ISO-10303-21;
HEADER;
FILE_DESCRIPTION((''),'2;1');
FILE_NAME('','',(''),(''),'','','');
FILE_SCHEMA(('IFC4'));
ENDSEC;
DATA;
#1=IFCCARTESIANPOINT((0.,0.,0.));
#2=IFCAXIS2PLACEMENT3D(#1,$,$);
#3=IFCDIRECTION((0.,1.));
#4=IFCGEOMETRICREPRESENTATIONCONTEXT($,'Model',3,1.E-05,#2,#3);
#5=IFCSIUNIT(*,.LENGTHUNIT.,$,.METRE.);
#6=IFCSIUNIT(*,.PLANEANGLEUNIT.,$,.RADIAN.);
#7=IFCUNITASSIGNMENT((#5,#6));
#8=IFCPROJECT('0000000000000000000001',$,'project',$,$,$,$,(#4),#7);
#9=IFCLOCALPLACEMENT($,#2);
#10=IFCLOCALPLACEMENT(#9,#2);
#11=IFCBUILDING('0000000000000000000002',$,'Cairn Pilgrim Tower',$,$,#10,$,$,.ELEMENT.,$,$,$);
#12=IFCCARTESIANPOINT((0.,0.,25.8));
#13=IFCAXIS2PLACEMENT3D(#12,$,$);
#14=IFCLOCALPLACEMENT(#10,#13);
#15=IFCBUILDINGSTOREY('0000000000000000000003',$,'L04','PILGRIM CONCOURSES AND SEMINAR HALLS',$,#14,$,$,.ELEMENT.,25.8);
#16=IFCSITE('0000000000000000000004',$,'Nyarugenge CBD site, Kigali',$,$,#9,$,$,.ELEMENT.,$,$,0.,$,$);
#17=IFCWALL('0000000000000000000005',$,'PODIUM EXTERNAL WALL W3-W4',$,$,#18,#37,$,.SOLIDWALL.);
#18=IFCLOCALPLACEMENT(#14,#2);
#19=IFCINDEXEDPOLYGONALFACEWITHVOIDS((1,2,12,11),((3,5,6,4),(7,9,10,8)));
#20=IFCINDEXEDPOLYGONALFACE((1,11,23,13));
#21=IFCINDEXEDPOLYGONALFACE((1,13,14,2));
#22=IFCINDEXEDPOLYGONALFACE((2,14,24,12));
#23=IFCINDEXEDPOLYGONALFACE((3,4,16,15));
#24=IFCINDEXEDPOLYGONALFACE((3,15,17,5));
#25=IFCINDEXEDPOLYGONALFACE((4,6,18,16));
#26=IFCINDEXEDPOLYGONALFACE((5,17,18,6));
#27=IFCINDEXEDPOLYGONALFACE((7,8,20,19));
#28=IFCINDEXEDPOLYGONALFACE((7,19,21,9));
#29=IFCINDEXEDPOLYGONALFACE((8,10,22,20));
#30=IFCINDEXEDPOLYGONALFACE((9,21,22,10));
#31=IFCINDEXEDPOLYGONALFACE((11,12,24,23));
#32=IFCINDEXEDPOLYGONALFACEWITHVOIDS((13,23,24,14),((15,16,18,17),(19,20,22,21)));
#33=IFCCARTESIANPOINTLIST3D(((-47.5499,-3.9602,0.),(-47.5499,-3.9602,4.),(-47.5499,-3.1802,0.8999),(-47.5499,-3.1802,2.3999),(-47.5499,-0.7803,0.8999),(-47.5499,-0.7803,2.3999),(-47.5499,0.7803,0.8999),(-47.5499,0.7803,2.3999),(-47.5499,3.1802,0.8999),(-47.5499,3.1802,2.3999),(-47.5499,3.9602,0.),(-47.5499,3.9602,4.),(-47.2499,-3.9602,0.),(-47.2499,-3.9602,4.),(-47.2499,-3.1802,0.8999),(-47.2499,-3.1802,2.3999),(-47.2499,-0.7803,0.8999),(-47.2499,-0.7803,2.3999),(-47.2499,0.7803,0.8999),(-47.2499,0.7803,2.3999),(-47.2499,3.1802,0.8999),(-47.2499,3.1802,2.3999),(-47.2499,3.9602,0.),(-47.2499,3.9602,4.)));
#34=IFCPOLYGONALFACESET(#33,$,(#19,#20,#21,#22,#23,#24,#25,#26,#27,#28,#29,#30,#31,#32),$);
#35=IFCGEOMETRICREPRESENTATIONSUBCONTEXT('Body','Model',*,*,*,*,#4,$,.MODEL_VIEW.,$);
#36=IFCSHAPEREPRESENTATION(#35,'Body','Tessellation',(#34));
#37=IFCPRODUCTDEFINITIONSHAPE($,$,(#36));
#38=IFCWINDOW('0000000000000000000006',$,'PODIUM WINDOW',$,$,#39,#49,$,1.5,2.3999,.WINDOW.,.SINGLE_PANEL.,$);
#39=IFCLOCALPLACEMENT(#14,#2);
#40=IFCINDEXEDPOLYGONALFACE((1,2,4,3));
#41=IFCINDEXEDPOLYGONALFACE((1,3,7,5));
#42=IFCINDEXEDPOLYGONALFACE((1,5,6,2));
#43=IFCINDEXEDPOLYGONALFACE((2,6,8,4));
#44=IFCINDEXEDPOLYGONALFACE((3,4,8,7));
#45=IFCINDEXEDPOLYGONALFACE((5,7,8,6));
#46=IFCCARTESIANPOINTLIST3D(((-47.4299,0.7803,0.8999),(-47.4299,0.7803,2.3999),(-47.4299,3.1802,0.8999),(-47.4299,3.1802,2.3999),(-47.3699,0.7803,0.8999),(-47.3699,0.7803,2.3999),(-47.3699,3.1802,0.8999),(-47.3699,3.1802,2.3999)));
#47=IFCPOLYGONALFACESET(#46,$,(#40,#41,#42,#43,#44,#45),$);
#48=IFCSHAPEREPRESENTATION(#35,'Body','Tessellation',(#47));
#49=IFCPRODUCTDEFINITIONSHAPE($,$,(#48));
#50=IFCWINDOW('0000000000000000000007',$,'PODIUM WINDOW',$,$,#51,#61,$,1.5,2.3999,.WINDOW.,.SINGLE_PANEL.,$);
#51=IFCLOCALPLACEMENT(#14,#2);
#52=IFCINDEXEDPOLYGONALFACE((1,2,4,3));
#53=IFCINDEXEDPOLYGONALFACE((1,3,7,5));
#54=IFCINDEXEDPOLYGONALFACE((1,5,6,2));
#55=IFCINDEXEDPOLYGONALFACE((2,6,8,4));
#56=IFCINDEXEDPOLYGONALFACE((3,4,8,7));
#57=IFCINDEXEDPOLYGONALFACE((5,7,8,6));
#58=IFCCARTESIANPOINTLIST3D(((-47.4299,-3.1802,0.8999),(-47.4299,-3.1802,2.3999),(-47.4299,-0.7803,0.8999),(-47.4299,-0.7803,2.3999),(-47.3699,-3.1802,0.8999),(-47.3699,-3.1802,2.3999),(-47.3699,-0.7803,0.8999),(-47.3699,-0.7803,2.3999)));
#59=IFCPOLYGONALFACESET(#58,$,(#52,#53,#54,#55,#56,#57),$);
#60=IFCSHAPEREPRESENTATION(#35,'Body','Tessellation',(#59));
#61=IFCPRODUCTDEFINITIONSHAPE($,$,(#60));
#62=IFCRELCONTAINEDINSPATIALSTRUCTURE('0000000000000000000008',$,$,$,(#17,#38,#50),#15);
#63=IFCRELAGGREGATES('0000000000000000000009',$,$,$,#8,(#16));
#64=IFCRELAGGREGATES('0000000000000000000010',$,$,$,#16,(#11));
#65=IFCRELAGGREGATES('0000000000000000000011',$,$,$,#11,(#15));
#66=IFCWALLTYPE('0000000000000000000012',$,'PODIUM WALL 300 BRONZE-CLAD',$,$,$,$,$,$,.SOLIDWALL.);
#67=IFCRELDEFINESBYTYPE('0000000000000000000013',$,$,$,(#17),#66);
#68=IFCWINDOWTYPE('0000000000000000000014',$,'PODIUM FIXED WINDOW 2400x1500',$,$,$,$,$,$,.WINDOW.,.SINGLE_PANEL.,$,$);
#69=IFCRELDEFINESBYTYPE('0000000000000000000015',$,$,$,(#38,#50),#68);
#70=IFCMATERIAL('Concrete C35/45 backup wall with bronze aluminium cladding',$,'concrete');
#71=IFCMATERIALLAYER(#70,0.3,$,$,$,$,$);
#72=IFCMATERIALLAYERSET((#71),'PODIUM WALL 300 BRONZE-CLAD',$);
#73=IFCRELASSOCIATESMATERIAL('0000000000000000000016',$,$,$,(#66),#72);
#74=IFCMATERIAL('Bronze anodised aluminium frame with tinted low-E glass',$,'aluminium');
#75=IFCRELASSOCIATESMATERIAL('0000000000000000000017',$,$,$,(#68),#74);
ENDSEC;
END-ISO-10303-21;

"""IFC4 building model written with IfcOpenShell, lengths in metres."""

from ifc_helpers import new_model, si_unit, direction, frame, frame_2d, origin, place, context, subcontext, project, spatial, rectangle, extrude, material, layer, layer_set, type_object, element, fill, save


model = new_model("IFC4")

# Units and contexts
model_context = context("Model", 3, precision=1e-05, world=origin(), true_north=direction((0.0, 1.0)))
body_context = subcontext(model_context, "Body", "Model", "MODEL_VIEW")
ifc_project = project(units=[si_unit("LENGTHUNIT", "METRE"), si_unit("PLANEANGLEUNIT", "RADIAN")], contexts=[model_context])

# Site, building, storey
site_placement = place(None, origin())
site = spatial("IfcSite", under=ifc_project, at=site_placement, Name="Nyarugenge CBD site, Kigali", CompositionType="ELEMENT", RefElevation=0.0)
building_placement = place(site_placement, origin())
building = spatial("IfcBuilding", under=site, at=building_placement, Name="Cairn Pilgrim Tower", CompositionType="ELEMENT")
storey_placement = place(building_placement, frame((0.0, 0.0, 25.8)))
storey = spatial("IfcBuildingStorey", under=building, at=storey_placement, Name="L04", Description="PILGRIM CONCOURSES AND SEMINAR HALLS", CompositionType="ELEMENT", Elevation=25.8)

# Wall, openings, windows
ifc_material_1 = material(Name="Concrete C35/45 backup wall with bronze aluminium cladding", Category="concrete")
ifc_layer_1 = layer(ifc_material_1, 0.3)
ifc_layer_set_1 = layer_set([ifc_layer_1], Name="PODIUM WALL 300 BRONZE-CLAD")
wall_type = type_object("IfcWallType", Name="PODIUM WALL 300 BRONZE-CLAD", PredefinedType="SOLIDWALL", material=ifc_layer_set_1)
ifc_material_2 = material(Name="Bronze anodised aluminium frame with tinted low-E glass", Category="aluminium")
window_type = type_object("IfcWindowType", Name="PODIUM FIXED WINDOW 2400x1500", PartitioningType="SINGLE_PANEL", PredefinedType="WINDOW", material=ifc_material_2)
wall_1_placement = place(storey_placement, frame((-47.3999, 3.9602, 0.0), z_axis=(0.0, 0.0, 1.0), x_axis=(0.0, -1.0, 0.0)))
wall_1 = element("IfcWall", 1, at=wall_1_placement, inside=storey, type_object=wall_type, Name="PODIUM EXTERNAL WALL W3-W4", PredefinedType="SOLIDWALL", context=body_context, shape_type="SweptSolid", body=[
    extrude(rectangle(XDim=7.9204, YDim=0.3, at=frame_2d((3.9602, 0.0))), origin(), (0.0, 0.0, 1.0), 4.0),
])
opening_1_placement = place(wall_1_placement, frame((0.78, 0.0, 0.8999)))
opening_1 = element("IfcOpeningElement", 2, at=opening_1_placement, cuts=wall_1, PredefinedType="OPENING", context=body_context, shape_type="SweptSolid", body=[
    extrude(rectangle(XDim=2.3999, YDim=1.5, at=frame_2d((1.2, 0.75))), frame((0.0, 0.1602, 0.0), z_axis=(0.0, -1.0, 0.0), x_axis=(1.0, 0.0, 0.0)), (0.0, 0.0, 1.0), 0.3201),
])
opening_2_placement = place(wall_1_placement, frame((4.7405, 0.0, 0.8999)))
opening_2 = element("IfcOpeningElement", 3, at=opening_2_placement, cuts=wall_1, PredefinedType="OPENING", context=body_context, shape_type="SweptSolid", body=[
    extrude(rectangle(XDim=2.3999, YDim=1.5, at=frame_2d((1.2, 0.75))), frame((0.0, 0.1602, 0.0), z_axis=(0.0, -1.0, 0.0), x_axis=(1.0, 0.0, 0.0)), (0.0, 0.0, 1.0), 0.3201),
])
window_1_placement = place(opening_1_placement, origin())
window_1 = element("IfcWindow", 4, at=window_1_placement, inside=storey, type_object=window_type, Name="PODIUM WINDOW", OverallHeight=1.5, OverallWidth=2.3999, PartitioningType="SINGLE_PANEL", PredefinedType="WINDOW", context=body_context, shape_type="SweptSolid", body=[
    extrude(rectangle(XDim=2.3999, YDim=1.5, at=frame_2d((1.2, 0.75))), frame((0.0, 0.03, 0.0), z_axis=(0.0, -1.0, 0.0), x_axis=(1.0, 0.0, 0.0)), (0.0, 0.0, 1.0), 0.0601),
])
fill(opening_1, window_1)
window_2_placement = place(opening_2_placement, origin())
window_2 = element("IfcWindow", 5, at=window_2_placement, inside=storey, type_object=window_type, Name="PODIUM WINDOW", OverallHeight=1.5, OverallWidth=2.3999, PartitioningType="SINGLE_PANEL", PredefinedType="WINDOW", context=body_context, shape_type="SweptSolid", body=[
    extrude(rectangle(XDim=2.3999, YDim=1.5, at=frame_2d((1.2, 0.75))), frame((0.0, 0.03, 0.0), z_axis=(0.0, -1.0, 0.0), x_axis=(1.0, 0.0, 0.0)), (0.0, 0.0, 1.0), 0.0601),
])
fill(opening_2, window_2)

save(model, "model.ifc")
